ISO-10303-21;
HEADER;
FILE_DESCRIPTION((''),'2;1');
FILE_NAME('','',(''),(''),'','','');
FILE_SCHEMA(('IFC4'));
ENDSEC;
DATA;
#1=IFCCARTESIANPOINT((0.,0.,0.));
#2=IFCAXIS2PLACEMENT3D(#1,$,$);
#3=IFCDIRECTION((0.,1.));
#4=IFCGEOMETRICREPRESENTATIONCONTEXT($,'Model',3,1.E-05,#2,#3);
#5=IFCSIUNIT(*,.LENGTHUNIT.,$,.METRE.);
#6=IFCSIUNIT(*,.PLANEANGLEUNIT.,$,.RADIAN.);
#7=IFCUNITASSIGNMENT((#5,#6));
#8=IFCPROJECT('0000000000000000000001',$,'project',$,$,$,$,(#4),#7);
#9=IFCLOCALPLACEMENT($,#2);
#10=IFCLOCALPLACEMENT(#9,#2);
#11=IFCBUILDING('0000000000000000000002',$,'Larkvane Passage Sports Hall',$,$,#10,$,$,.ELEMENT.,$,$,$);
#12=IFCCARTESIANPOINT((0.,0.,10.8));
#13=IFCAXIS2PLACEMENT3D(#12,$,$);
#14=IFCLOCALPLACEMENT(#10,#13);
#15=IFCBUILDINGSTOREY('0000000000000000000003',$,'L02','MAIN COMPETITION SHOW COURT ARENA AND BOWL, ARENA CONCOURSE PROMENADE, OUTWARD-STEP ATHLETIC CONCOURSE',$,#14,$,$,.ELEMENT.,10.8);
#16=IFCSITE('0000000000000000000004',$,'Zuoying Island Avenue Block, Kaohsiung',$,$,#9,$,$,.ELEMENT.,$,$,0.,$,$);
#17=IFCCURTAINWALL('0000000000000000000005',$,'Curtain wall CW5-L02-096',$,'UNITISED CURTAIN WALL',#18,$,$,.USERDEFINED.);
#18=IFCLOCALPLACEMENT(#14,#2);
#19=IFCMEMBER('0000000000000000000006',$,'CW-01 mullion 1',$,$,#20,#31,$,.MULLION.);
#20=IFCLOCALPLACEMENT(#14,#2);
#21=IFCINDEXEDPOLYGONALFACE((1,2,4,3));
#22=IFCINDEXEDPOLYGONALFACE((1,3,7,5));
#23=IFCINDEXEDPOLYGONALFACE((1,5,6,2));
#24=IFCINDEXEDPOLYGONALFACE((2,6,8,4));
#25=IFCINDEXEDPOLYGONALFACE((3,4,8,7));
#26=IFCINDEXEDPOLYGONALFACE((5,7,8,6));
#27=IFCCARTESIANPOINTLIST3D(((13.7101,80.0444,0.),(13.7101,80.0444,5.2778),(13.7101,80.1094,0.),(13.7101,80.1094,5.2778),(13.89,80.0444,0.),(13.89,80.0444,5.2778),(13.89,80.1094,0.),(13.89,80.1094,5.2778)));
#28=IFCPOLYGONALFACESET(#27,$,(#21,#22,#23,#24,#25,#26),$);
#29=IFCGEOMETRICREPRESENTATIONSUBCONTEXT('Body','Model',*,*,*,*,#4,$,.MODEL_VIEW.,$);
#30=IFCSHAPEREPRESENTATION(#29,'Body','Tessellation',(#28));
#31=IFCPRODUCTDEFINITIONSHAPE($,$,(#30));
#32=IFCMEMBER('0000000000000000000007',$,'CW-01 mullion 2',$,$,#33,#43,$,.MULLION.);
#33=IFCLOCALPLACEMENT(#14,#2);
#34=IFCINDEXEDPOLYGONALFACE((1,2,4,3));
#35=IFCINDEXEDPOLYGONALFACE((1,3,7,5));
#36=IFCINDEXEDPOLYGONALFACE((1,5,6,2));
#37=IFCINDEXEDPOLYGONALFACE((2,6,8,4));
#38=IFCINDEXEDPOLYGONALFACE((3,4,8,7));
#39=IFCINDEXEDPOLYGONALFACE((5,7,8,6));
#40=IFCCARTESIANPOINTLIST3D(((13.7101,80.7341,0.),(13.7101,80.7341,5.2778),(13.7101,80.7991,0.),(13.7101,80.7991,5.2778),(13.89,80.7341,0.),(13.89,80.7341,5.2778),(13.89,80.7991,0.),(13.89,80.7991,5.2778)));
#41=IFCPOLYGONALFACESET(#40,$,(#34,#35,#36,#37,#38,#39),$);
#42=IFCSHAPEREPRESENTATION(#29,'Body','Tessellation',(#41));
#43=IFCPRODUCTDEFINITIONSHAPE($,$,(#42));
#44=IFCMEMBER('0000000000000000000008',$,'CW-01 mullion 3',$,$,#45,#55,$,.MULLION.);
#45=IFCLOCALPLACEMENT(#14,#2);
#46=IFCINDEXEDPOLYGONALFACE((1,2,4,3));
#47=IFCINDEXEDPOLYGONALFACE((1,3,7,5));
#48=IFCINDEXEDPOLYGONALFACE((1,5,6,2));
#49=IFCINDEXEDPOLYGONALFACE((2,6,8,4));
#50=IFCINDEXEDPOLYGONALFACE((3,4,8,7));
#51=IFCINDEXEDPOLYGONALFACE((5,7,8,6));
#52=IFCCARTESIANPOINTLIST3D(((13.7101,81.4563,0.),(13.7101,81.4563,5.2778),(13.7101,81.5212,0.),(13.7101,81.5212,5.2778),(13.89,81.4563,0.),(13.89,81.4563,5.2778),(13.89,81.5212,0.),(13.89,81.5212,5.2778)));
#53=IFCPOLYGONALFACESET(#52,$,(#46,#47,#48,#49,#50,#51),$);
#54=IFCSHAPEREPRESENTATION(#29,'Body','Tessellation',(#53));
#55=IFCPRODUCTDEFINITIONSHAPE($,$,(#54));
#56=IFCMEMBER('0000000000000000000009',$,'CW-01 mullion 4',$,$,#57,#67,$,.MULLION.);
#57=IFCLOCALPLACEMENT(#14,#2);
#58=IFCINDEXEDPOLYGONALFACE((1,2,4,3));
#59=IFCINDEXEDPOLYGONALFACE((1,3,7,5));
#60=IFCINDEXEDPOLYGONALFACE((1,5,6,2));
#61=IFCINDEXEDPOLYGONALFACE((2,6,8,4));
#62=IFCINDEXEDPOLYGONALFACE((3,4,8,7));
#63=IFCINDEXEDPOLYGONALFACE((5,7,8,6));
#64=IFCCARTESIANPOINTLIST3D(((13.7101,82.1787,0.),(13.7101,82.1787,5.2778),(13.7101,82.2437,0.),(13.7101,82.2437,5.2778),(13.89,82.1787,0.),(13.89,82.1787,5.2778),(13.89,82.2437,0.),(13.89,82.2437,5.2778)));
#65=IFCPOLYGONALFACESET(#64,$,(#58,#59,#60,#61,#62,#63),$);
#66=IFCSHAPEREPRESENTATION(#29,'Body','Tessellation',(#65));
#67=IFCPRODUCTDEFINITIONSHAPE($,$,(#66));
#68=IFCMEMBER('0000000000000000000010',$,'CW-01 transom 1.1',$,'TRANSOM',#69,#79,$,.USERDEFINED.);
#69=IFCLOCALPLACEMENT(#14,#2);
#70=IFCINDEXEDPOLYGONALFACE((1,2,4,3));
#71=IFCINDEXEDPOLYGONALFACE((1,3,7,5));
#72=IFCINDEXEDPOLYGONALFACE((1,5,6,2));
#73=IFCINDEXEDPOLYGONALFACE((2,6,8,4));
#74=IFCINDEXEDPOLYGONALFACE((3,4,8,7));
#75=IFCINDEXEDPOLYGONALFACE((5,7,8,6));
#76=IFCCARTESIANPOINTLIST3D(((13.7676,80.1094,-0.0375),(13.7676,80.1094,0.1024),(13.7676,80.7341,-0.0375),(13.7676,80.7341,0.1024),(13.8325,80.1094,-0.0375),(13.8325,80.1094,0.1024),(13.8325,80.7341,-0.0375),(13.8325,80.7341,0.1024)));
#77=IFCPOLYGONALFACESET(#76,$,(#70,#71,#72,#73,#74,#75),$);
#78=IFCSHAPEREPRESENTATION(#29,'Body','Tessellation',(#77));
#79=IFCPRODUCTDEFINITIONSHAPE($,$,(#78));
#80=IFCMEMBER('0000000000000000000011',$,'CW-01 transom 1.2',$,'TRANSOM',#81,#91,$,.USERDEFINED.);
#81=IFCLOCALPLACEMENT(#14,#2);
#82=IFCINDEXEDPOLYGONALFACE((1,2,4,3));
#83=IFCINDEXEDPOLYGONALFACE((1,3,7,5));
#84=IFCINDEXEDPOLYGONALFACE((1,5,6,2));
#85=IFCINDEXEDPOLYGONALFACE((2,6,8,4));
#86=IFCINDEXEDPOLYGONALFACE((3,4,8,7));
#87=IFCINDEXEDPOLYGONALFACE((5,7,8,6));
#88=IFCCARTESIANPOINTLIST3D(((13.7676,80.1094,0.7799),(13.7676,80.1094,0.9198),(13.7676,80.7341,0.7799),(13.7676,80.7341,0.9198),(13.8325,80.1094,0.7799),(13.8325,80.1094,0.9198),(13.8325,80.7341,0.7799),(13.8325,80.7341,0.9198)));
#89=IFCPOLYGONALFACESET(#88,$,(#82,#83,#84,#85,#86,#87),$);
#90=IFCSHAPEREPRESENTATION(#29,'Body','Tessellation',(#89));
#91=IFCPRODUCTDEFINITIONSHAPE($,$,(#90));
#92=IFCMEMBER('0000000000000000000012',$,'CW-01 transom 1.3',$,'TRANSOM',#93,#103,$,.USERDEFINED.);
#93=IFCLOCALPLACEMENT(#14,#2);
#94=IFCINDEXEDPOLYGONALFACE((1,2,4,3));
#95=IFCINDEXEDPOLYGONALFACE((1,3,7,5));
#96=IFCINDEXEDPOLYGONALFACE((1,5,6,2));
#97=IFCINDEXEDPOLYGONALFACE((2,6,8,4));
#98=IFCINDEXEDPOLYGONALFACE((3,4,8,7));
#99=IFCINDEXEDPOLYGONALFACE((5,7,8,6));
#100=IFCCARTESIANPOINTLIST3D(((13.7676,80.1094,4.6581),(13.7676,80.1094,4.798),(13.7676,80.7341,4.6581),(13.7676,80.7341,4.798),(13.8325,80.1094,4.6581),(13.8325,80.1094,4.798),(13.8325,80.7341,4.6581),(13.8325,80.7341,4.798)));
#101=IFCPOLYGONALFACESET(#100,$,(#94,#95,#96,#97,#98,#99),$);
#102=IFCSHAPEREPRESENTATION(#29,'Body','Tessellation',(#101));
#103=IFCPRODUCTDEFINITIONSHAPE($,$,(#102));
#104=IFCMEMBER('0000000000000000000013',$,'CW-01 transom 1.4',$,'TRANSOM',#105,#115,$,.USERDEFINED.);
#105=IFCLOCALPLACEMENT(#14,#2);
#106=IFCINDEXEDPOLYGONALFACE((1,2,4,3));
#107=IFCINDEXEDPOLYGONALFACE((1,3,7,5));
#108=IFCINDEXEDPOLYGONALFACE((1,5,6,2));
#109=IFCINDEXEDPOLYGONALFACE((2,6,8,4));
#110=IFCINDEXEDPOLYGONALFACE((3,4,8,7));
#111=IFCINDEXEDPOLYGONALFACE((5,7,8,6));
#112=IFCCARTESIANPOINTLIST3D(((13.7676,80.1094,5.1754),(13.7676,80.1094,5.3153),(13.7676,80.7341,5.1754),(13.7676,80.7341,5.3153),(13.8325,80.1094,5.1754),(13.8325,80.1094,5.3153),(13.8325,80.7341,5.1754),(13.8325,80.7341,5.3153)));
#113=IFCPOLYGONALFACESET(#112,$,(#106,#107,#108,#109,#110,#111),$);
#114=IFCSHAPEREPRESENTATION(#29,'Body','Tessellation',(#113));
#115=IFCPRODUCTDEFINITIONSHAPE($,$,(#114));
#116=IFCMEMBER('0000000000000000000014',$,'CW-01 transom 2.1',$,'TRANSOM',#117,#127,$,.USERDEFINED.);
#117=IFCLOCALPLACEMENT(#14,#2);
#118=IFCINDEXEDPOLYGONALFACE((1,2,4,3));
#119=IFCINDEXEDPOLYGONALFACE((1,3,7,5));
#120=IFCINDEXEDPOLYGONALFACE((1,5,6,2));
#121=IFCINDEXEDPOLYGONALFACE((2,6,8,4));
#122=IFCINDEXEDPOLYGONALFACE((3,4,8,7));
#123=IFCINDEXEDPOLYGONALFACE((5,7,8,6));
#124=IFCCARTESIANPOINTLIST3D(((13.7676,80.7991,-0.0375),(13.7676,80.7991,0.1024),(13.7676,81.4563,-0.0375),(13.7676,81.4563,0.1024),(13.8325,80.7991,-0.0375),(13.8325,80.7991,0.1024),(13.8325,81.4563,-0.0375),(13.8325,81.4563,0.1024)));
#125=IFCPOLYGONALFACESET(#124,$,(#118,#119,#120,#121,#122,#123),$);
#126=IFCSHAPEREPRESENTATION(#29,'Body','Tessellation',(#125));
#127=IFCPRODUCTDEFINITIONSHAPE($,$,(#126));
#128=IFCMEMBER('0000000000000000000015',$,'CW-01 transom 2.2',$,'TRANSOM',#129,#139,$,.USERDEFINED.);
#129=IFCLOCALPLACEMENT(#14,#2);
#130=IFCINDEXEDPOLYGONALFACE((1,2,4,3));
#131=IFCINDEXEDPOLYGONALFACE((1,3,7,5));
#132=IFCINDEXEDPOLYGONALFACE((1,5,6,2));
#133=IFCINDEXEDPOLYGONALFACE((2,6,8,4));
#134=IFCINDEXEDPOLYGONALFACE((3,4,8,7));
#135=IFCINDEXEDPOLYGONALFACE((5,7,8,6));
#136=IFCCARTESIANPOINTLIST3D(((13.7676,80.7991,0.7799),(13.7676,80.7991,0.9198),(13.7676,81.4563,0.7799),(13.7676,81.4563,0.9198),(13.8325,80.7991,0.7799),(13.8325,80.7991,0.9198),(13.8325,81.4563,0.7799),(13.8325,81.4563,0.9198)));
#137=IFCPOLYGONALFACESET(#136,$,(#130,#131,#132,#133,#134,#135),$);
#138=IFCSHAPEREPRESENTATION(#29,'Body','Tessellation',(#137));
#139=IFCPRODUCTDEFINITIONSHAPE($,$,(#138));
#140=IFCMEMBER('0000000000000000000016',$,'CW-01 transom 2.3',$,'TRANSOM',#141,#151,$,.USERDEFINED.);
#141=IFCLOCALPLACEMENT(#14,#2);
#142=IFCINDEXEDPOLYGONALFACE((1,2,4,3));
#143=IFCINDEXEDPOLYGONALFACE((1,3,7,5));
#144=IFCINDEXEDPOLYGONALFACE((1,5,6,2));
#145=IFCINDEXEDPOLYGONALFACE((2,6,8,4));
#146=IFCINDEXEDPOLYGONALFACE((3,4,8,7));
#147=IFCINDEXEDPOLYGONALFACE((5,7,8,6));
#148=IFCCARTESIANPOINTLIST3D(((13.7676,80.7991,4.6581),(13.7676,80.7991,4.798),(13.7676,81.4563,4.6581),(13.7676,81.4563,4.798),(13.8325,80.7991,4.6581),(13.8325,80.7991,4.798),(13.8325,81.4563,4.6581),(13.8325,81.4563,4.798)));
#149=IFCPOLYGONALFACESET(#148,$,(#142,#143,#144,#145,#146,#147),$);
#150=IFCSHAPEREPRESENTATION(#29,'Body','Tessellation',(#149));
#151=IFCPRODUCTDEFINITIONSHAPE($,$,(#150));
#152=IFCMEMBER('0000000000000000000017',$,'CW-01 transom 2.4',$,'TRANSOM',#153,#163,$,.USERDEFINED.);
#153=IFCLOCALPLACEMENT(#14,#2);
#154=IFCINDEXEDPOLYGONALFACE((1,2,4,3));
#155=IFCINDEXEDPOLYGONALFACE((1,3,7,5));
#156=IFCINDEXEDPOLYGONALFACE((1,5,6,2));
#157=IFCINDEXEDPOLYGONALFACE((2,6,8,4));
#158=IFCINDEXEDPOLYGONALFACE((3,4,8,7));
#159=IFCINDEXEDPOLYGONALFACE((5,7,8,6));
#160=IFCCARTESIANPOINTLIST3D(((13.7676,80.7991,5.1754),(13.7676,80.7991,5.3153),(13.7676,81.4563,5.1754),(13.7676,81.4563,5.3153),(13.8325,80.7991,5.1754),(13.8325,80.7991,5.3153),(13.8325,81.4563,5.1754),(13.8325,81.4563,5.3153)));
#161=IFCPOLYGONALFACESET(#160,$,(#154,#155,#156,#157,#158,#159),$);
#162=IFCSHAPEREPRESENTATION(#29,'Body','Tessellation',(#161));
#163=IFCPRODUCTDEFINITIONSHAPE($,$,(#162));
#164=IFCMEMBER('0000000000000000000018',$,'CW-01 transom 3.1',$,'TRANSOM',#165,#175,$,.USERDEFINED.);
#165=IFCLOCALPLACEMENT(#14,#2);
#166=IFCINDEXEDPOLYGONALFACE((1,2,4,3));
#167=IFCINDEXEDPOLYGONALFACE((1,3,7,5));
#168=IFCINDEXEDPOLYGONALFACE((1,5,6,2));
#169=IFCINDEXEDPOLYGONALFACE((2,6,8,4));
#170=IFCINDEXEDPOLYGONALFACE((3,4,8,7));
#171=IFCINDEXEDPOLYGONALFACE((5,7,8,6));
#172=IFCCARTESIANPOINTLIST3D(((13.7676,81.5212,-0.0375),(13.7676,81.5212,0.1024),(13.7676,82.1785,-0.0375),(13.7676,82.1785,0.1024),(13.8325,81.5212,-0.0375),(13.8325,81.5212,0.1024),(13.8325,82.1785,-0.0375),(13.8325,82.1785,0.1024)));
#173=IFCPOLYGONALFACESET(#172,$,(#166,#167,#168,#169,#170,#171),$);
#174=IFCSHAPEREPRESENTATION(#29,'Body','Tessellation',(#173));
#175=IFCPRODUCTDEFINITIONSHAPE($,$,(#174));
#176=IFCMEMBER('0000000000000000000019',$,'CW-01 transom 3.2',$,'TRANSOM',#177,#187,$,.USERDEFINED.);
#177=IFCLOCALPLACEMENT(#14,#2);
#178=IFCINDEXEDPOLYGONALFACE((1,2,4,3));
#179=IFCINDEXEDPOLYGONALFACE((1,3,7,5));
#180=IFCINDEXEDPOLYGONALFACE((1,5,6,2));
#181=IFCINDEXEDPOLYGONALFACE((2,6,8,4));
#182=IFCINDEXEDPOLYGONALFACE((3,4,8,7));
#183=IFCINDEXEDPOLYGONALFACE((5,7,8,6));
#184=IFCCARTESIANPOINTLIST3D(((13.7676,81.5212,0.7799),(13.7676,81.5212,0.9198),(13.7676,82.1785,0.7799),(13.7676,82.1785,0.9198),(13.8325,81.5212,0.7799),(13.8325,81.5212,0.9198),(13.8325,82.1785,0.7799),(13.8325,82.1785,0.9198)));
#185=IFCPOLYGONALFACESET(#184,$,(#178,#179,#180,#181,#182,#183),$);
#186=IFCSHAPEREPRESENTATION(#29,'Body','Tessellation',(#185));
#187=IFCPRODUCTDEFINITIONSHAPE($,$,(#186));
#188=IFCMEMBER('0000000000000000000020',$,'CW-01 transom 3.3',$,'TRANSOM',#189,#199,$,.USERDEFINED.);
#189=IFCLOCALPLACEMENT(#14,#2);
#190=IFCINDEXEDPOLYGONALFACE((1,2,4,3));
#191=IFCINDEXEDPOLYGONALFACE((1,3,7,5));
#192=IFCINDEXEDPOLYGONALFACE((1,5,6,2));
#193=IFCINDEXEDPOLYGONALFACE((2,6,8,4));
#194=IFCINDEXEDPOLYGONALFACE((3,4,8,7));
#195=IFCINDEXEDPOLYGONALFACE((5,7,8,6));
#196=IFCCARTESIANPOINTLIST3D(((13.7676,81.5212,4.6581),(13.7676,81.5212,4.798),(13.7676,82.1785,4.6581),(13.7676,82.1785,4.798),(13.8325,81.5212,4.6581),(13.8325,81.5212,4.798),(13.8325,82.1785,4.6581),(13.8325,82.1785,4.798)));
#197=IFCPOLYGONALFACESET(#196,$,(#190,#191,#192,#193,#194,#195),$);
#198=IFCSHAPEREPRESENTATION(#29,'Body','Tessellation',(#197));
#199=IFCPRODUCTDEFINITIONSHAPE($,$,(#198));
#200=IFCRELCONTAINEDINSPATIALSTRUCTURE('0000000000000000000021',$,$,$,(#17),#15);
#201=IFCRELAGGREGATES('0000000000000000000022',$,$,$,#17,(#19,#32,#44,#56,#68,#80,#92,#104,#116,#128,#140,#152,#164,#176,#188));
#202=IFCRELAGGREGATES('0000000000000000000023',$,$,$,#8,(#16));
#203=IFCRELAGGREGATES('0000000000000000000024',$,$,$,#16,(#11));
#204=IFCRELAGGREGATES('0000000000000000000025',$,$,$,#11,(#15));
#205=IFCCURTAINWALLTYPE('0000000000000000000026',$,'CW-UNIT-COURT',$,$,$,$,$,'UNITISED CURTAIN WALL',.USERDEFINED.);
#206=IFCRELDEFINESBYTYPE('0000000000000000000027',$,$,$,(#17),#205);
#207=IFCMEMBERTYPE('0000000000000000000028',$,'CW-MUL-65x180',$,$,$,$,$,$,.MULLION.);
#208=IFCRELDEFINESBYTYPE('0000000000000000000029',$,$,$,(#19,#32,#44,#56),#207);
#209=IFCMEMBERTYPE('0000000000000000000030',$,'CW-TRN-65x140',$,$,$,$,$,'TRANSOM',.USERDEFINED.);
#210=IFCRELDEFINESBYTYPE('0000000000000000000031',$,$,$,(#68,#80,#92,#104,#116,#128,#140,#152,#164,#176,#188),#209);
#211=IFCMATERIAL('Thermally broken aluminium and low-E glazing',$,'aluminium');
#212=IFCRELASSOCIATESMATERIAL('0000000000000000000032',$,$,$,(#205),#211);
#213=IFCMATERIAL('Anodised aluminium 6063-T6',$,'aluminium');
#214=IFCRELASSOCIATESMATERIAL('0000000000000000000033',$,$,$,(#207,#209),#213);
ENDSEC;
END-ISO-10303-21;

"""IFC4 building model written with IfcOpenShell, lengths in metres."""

from ifc_helpers import new_model, si_unit, direction, frame, origin, origin_2d, place, context, subcontext, project, spatial, rectangle, extrude, material, material_profile, profile_set, type_object, element, aggregate, save


model = new_model("IFC4")

# Units and contexts
model_context = context("Model", 3, precision=1e-05, world=origin(), true_north=direction((0.0, 1.0)))
body_context = subcontext(model_context, "Body", "Model", "MODEL_VIEW")
ifc_project = project(units=[si_unit("LENGTHUNIT", "METRE"), si_unit("PLANEANGLEUNIT", "RADIAN")], contexts=[model_context])

# Site, building, storey
site_placement = place(None, origin())
site = spatial("IfcSite", under=ifc_project, at=site_placement, Name="Zuoying Island Avenue Block, Kaohsiung", CompositionType="ELEMENT", RefElevation=0.0)
building_placement = place(site_placement, origin())
building = spatial("IfcBuilding", under=site, at=building_placement, Name="Larkvane Passage Sports Hall", CompositionType="ELEMENT")
storey_placement = place(building_placement, frame((0.0, 0.0, 10.8)))
storey = spatial("IfcBuildingStorey", under=building, at=storey_placement, Name="L02", Description="MAIN COMPETITION SHOW COURT ARENA AND BOWL, ARENA CONCOURSE PROMENADE, OUTWARD-STEP ATHLETIC CONCOURSE", CompositionType="ELEMENT", Elevation=10.8)

# Curtain wall, members
ifc_material_1 = material(Name="Thermally broken aluminium and low-E glazing", Category="aluminium")
curtain_wall_type = type_object("IfcCurtainWallType", Name="CW-UNIT-COURT", ElementType="UNITISED CURTAIN WALL", PredefinedType="USERDEFINED", material=ifc_material_1)
curtain_wall_placement = place(storey_placement, origin())
curtain_wall = element("IfcCurtainWall", 1, at=curtain_wall_placement, inside=storey, type_object=curtain_wall_type, Name="Curtain wall CW5-L02-096", ObjectType="UNITISED CURTAIN WALL", PredefinedType="USERDEFINED")
ifc_material_2 = material(Name="Anodised aluminium 6063-T6", Category="aluminium")
ifc_material_profile_1 = material_profile(ifc_material_2, rectangle(XDim=0.0649, YDim=0.1799, at=origin_2d()), Name="ALU-MUL-65x180")
ifc_profile_set_1 = profile_set([ifc_material_profile_1], Name="Anodised aluminium 6063-T6")
member_type_1 = type_object("IfcMemberType", Name="CW-MUL-65x180", PredefinedType="MULLION", material=ifc_profile_set_1)
member_1_placement = place(storey_placement, frame((13.8, 80.0769, 0.0), z_axis=(0.0, 0.0, 1.0), x_axis=(0.0, 1.0, 0.0)))
member_1 = element("IfcMember", 2, at=member_1_placement, type_object=member_type_1, Name="CW-01 mullion 1", PredefinedType="MULLION", context=body_context, shape_type="SweptSolid", body=[
    extrude(rectangle(XDim=0.0649, YDim=0.1799, at=origin_2d()), origin(), (0.0, 0.0, 1.0), 5.2778),
])
member_2_placement = place(storey_placement, frame((13.8, 80.7666, 0.0), z_axis=(0.0, 0.0, 1.0), x_axis=(0.0, 1.0, 0.0)))
member_2 = element("IfcMember", 3, at=member_2_placement, type_object=member_type_1, Name="CW-01 mullion 2", PredefinedType="MULLION", context=body_context, shape_type="SweptSolid", body=[
    extrude(rectangle(XDim=0.0649, YDim=0.1799, at=origin_2d()), origin(), (0.0, 0.0, 1.0), 5.2778),
])
member_3_placement = place(storey_placement, frame((13.8, 81.4888, 0.0), z_axis=(0.0, 0.0, 1.0), x_axis=(0.0, 1.0, 0.0)))
member_3 = element("IfcMember", 4, at=member_3_placement, type_object=member_type_1, Name="CW-01 mullion 3", PredefinedType="MULLION", context=body_context, shape_type="SweptSolid", body=[
    extrude(rectangle(XDim=0.0649, YDim=0.1799, at=origin_2d()), origin(), (0.0, 0.0, 1.0), 5.2778),
])
member_4_placement = place(storey_placement, frame((13.8, 82.2112, 0.0), z_axis=(0.0, 0.0, 1.0), x_axis=(0.0, 1.0, 0.0)))
member_4 = element("IfcMember", 5, at=member_4_placement, type_object=member_type_1, Name="CW-01 mullion 4", PredefinedType="MULLION", context=body_context, shape_type="SweptSolid", body=[
    extrude(rectangle(XDim=0.0649, YDim=0.1799, at=origin_2d()), origin(), (0.0, 0.0, 1.0), 5.2778),
])
ifc_material_profile_2 = material_profile(ifc_material_2, rectangle(XDim=0.0649, YDim=0.1399, at=origin_2d()), Name="ALU-TRN-65x140")
ifc_profile_set_2 = profile_set([ifc_material_profile_2], Name="Anodised aluminium 6063-T6")
member_type_2 = type_object("IfcMemberType", Name="CW-TRN-65x140", ElementType="TRANSOM", PredefinedType="USERDEFINED", material=ifc_profile_set_2)
member_5_placement = place(storey_placement, frame((13.8, 80.1094, 0.0325), z_axis=(0.0, 1.0, 0.0), x_axis=(-1.0, 0.0, 0.0)))
member_5 = element("IfcMember", 6, at=member_5_placement, type_object=member_type_2, Name="CW-01 transom 1.1", ObjectType="TRANSOM", PredefinedType="USERDEFINED", context=body_context, shape_type="SweptSolid", body=[
    extrude(rectangle(XDim=0.0649, YDim=0.1399, at=origin_2d()), origin(), (0.0, 0.0, 1.0), 0.6248),
])
member_6_placement = place(storey_placement, frame((13.8, 80.1094, 0.8499), z_axis=(0.0, 1.0, 0.0), x_axis=(-1.0, 0.0, 0.0)))
member_6 = element("IfcMember", 7, at=member_6_placement, type_object=member_type_2, Name="CW-01 transom 1.2", ObjectType="TRANSOM", PredefinedType="USERDEFINED", context=body_context, shape_type="SweptSolid", body=[
    extrude(rectangle(XDim=0.0649, YDim=0.1399, at=origin_2d()), origin(), (0.0, 0.0, 1.0), 0.6248),
])
member_7_placement = place(storey_placement, frame((13.8, 80.1094, 4.728), z_axis=(0.0, 1.0, 0.0), x_axis=(-1.0, 0.0, 0.0)))
member_7 = element("IfcMember", 8, at=member_7_placement, type_object=member_type_2, Name="CW-01 transom 1.3", ObjectType="TRANSOM", PredefinedType="USERDEFINED", context=body_context, shape_type="SweptSolid", body=[
    extrude(rectangle(XDim=0.0649, YDim=0.1399, at=origin_2d()), origin(), (0.0, 0.0, 1.0), 0.6248),
])
member_8_placement = place(storey_placement, frame((13.8, 80.1094, 5.2454), z_axis=(0.0, 1.0, 0.0), x_axis=(-1.0, 0.0, 0.0)))
member_8 = element("IfcMember", 9, at=member_8_placement, type_object=member_type_2, Name="CW-01 transom 1.4", ObjectType="TRANSOM", PredefinedType="USERDEFINED", context=body_context, shape_type="SweptSolid", body=[
    extrude(rectangle(XDim=0.0649, YDim=0.1399, at=origin_2d()), origin(), (0.0, 0.0, 1.0), 0.6248),
])
member_9_placement = place(storey_placement, frame((13.8, 80.7991, 0.0325), z_axis=(0.0, 1.0, 0.0), x_axis=(-1.0, 0.0, 0.0)))
member_9 = element("IfcMember", 10, at=member_9_placement, type_object=member_type_2, Name="CW-01 transom 2.1", ObjectType="TRANSOM", PredefinedType="USERDEFINED", context=body_context, shape_type="SweptSolid", body=[
    extrude(rectangle(XDim=0.0649, YDim=0.1399, at=origin_2d()), origin(), (0.0, 0.0, 1.0), 0.6572),
])
member_10_placement = place(storey_placement, frame((13.8, 80.7991, 0.8499), z_axis=(0.0, 1.0, 0.0), x_axis=(-1.0, 0.0, 0.0)))
member_10 = element("IfcMember", 11, at=member_10_placement, type_object=member_type_2, Name="CW-01 transom 2.2", ObjectType="TRANSOM", PredefinedType="USERDEFINED", context=body_context, shape_type="SweptSolid", body=[
    extrude(rectangle(XDim=0.0649, YDim=0.1399, at=origin_2d()), origin(), (0.0, 0.0, 1.0), 0.6572),
])
member_11_placement = place(storey_placement, frame((13.8, 80.7991, 4.728), z_axis=(0.0, 1.0, 0.0), x_axis=(-1.0, 0.0, 0.0)))
member_11 = element("IfcMember", 12, at=member_11_placement, type_object=member_type_2, Name="CW-01 transom 2.3", ObjectType="TRANSOM", PredefinedType="USERDEFINED", context=body_context, shape_type="SweptSolid", body=[
    extrude(rectangle(XDim=0.0649, YDim=0.1399, at=origin_2d()), origin(), (0.0, 0.0, 1.0), 0.6572),
])
member_12_placement = place(storey_placement, frame((13.8, 80.7991, 5.2454), z_axis=(0.0, 1.0, 0.0), x_axis=(-1.0, 0.0, 0.0)))
member_12 = element("IfcMember", 13, at=member_12_placement, type_object=member_type_2, Name="CW-01 transom 2.4", ObjectType="TRANSOM", PredefinedType="USERDEFINED", context=body_context, shape_type="SweptSolid", body=[
    extrude(rectangle(XDim=0.0649, YDim=0.1399, at=origin_2d()), origin(), (0.0, 0.0, 1.0), 0.6572),
])
member_13_placement = place(storey_placement, frame((13.8, 81.5212, 0.0325), z_axis=(0.0, 1.0, 0.0), x_axis=(-1.0, 0.0, 0.0)))
member_13 = element("IfcMember", 14, at=member_13_placement, type_object=member_type_2, Name="CW-01 transom 3.1", ObjectType="TRANSOM", PredefinedType="USERDEFINED", context=body_context, shape_type="SweptSolid", body=[
    extrude(rectangle(XDim=0.0649, YDim=0.1399, at=origin_2d()), origin(), (0.0, 0.0, 1.0), 0.6572),
])
member_14_placement = place(storey_placement, frame((13.8, 81.5212, 0.8499), z_axis=(0.0, 1.0, 0.0), x_axis=(-1.0, 0.0, 0.0)))
member_14 = element("IfcMember", 15, at=member_14_placement, type_object=member_type_2, Name="CW-01 transom 3.2", ObjectType="TRANSOM", PredefinedType="USERDEFINED", context=body_context, shape_type="SweptSolid", body=[
    extrude(rectangle(XDim=0.0649, YDim=0.1399, at=origin_2d()), origin(), (0.0, 0.0, 1.0), 0.6572),
])
member_15_placement = place(storey_placement, frame((13.8, 81.5212, 4.728), z_axis=(0.0, 1.0, 0.0), x_axis=(-1.0, 0.0, 0.0)))
member_15 = element("IfcMember", 16, at=member_15_placement, type_object=member_type_2, Name="CW-01 transom 3.3", ObjectType="TRANSOM", PredefinedType="USERDEFINED", context=body_context, shape_type="SweptSolid", body=[
    extrude(rectangle(XDim=0.0649, YDim=0.1399, at=origin_2d()), origin(), (0.0, 0.0, 1.0), 0.6572),
])
aggregate(curtain_wall, [member_1, member_2, member_3, member_4, member_5, member_6, member_7, member_8, member_9, member_10, member_11, member_12, member_13, member_14, member_15])

save(model, "model.ifc")
